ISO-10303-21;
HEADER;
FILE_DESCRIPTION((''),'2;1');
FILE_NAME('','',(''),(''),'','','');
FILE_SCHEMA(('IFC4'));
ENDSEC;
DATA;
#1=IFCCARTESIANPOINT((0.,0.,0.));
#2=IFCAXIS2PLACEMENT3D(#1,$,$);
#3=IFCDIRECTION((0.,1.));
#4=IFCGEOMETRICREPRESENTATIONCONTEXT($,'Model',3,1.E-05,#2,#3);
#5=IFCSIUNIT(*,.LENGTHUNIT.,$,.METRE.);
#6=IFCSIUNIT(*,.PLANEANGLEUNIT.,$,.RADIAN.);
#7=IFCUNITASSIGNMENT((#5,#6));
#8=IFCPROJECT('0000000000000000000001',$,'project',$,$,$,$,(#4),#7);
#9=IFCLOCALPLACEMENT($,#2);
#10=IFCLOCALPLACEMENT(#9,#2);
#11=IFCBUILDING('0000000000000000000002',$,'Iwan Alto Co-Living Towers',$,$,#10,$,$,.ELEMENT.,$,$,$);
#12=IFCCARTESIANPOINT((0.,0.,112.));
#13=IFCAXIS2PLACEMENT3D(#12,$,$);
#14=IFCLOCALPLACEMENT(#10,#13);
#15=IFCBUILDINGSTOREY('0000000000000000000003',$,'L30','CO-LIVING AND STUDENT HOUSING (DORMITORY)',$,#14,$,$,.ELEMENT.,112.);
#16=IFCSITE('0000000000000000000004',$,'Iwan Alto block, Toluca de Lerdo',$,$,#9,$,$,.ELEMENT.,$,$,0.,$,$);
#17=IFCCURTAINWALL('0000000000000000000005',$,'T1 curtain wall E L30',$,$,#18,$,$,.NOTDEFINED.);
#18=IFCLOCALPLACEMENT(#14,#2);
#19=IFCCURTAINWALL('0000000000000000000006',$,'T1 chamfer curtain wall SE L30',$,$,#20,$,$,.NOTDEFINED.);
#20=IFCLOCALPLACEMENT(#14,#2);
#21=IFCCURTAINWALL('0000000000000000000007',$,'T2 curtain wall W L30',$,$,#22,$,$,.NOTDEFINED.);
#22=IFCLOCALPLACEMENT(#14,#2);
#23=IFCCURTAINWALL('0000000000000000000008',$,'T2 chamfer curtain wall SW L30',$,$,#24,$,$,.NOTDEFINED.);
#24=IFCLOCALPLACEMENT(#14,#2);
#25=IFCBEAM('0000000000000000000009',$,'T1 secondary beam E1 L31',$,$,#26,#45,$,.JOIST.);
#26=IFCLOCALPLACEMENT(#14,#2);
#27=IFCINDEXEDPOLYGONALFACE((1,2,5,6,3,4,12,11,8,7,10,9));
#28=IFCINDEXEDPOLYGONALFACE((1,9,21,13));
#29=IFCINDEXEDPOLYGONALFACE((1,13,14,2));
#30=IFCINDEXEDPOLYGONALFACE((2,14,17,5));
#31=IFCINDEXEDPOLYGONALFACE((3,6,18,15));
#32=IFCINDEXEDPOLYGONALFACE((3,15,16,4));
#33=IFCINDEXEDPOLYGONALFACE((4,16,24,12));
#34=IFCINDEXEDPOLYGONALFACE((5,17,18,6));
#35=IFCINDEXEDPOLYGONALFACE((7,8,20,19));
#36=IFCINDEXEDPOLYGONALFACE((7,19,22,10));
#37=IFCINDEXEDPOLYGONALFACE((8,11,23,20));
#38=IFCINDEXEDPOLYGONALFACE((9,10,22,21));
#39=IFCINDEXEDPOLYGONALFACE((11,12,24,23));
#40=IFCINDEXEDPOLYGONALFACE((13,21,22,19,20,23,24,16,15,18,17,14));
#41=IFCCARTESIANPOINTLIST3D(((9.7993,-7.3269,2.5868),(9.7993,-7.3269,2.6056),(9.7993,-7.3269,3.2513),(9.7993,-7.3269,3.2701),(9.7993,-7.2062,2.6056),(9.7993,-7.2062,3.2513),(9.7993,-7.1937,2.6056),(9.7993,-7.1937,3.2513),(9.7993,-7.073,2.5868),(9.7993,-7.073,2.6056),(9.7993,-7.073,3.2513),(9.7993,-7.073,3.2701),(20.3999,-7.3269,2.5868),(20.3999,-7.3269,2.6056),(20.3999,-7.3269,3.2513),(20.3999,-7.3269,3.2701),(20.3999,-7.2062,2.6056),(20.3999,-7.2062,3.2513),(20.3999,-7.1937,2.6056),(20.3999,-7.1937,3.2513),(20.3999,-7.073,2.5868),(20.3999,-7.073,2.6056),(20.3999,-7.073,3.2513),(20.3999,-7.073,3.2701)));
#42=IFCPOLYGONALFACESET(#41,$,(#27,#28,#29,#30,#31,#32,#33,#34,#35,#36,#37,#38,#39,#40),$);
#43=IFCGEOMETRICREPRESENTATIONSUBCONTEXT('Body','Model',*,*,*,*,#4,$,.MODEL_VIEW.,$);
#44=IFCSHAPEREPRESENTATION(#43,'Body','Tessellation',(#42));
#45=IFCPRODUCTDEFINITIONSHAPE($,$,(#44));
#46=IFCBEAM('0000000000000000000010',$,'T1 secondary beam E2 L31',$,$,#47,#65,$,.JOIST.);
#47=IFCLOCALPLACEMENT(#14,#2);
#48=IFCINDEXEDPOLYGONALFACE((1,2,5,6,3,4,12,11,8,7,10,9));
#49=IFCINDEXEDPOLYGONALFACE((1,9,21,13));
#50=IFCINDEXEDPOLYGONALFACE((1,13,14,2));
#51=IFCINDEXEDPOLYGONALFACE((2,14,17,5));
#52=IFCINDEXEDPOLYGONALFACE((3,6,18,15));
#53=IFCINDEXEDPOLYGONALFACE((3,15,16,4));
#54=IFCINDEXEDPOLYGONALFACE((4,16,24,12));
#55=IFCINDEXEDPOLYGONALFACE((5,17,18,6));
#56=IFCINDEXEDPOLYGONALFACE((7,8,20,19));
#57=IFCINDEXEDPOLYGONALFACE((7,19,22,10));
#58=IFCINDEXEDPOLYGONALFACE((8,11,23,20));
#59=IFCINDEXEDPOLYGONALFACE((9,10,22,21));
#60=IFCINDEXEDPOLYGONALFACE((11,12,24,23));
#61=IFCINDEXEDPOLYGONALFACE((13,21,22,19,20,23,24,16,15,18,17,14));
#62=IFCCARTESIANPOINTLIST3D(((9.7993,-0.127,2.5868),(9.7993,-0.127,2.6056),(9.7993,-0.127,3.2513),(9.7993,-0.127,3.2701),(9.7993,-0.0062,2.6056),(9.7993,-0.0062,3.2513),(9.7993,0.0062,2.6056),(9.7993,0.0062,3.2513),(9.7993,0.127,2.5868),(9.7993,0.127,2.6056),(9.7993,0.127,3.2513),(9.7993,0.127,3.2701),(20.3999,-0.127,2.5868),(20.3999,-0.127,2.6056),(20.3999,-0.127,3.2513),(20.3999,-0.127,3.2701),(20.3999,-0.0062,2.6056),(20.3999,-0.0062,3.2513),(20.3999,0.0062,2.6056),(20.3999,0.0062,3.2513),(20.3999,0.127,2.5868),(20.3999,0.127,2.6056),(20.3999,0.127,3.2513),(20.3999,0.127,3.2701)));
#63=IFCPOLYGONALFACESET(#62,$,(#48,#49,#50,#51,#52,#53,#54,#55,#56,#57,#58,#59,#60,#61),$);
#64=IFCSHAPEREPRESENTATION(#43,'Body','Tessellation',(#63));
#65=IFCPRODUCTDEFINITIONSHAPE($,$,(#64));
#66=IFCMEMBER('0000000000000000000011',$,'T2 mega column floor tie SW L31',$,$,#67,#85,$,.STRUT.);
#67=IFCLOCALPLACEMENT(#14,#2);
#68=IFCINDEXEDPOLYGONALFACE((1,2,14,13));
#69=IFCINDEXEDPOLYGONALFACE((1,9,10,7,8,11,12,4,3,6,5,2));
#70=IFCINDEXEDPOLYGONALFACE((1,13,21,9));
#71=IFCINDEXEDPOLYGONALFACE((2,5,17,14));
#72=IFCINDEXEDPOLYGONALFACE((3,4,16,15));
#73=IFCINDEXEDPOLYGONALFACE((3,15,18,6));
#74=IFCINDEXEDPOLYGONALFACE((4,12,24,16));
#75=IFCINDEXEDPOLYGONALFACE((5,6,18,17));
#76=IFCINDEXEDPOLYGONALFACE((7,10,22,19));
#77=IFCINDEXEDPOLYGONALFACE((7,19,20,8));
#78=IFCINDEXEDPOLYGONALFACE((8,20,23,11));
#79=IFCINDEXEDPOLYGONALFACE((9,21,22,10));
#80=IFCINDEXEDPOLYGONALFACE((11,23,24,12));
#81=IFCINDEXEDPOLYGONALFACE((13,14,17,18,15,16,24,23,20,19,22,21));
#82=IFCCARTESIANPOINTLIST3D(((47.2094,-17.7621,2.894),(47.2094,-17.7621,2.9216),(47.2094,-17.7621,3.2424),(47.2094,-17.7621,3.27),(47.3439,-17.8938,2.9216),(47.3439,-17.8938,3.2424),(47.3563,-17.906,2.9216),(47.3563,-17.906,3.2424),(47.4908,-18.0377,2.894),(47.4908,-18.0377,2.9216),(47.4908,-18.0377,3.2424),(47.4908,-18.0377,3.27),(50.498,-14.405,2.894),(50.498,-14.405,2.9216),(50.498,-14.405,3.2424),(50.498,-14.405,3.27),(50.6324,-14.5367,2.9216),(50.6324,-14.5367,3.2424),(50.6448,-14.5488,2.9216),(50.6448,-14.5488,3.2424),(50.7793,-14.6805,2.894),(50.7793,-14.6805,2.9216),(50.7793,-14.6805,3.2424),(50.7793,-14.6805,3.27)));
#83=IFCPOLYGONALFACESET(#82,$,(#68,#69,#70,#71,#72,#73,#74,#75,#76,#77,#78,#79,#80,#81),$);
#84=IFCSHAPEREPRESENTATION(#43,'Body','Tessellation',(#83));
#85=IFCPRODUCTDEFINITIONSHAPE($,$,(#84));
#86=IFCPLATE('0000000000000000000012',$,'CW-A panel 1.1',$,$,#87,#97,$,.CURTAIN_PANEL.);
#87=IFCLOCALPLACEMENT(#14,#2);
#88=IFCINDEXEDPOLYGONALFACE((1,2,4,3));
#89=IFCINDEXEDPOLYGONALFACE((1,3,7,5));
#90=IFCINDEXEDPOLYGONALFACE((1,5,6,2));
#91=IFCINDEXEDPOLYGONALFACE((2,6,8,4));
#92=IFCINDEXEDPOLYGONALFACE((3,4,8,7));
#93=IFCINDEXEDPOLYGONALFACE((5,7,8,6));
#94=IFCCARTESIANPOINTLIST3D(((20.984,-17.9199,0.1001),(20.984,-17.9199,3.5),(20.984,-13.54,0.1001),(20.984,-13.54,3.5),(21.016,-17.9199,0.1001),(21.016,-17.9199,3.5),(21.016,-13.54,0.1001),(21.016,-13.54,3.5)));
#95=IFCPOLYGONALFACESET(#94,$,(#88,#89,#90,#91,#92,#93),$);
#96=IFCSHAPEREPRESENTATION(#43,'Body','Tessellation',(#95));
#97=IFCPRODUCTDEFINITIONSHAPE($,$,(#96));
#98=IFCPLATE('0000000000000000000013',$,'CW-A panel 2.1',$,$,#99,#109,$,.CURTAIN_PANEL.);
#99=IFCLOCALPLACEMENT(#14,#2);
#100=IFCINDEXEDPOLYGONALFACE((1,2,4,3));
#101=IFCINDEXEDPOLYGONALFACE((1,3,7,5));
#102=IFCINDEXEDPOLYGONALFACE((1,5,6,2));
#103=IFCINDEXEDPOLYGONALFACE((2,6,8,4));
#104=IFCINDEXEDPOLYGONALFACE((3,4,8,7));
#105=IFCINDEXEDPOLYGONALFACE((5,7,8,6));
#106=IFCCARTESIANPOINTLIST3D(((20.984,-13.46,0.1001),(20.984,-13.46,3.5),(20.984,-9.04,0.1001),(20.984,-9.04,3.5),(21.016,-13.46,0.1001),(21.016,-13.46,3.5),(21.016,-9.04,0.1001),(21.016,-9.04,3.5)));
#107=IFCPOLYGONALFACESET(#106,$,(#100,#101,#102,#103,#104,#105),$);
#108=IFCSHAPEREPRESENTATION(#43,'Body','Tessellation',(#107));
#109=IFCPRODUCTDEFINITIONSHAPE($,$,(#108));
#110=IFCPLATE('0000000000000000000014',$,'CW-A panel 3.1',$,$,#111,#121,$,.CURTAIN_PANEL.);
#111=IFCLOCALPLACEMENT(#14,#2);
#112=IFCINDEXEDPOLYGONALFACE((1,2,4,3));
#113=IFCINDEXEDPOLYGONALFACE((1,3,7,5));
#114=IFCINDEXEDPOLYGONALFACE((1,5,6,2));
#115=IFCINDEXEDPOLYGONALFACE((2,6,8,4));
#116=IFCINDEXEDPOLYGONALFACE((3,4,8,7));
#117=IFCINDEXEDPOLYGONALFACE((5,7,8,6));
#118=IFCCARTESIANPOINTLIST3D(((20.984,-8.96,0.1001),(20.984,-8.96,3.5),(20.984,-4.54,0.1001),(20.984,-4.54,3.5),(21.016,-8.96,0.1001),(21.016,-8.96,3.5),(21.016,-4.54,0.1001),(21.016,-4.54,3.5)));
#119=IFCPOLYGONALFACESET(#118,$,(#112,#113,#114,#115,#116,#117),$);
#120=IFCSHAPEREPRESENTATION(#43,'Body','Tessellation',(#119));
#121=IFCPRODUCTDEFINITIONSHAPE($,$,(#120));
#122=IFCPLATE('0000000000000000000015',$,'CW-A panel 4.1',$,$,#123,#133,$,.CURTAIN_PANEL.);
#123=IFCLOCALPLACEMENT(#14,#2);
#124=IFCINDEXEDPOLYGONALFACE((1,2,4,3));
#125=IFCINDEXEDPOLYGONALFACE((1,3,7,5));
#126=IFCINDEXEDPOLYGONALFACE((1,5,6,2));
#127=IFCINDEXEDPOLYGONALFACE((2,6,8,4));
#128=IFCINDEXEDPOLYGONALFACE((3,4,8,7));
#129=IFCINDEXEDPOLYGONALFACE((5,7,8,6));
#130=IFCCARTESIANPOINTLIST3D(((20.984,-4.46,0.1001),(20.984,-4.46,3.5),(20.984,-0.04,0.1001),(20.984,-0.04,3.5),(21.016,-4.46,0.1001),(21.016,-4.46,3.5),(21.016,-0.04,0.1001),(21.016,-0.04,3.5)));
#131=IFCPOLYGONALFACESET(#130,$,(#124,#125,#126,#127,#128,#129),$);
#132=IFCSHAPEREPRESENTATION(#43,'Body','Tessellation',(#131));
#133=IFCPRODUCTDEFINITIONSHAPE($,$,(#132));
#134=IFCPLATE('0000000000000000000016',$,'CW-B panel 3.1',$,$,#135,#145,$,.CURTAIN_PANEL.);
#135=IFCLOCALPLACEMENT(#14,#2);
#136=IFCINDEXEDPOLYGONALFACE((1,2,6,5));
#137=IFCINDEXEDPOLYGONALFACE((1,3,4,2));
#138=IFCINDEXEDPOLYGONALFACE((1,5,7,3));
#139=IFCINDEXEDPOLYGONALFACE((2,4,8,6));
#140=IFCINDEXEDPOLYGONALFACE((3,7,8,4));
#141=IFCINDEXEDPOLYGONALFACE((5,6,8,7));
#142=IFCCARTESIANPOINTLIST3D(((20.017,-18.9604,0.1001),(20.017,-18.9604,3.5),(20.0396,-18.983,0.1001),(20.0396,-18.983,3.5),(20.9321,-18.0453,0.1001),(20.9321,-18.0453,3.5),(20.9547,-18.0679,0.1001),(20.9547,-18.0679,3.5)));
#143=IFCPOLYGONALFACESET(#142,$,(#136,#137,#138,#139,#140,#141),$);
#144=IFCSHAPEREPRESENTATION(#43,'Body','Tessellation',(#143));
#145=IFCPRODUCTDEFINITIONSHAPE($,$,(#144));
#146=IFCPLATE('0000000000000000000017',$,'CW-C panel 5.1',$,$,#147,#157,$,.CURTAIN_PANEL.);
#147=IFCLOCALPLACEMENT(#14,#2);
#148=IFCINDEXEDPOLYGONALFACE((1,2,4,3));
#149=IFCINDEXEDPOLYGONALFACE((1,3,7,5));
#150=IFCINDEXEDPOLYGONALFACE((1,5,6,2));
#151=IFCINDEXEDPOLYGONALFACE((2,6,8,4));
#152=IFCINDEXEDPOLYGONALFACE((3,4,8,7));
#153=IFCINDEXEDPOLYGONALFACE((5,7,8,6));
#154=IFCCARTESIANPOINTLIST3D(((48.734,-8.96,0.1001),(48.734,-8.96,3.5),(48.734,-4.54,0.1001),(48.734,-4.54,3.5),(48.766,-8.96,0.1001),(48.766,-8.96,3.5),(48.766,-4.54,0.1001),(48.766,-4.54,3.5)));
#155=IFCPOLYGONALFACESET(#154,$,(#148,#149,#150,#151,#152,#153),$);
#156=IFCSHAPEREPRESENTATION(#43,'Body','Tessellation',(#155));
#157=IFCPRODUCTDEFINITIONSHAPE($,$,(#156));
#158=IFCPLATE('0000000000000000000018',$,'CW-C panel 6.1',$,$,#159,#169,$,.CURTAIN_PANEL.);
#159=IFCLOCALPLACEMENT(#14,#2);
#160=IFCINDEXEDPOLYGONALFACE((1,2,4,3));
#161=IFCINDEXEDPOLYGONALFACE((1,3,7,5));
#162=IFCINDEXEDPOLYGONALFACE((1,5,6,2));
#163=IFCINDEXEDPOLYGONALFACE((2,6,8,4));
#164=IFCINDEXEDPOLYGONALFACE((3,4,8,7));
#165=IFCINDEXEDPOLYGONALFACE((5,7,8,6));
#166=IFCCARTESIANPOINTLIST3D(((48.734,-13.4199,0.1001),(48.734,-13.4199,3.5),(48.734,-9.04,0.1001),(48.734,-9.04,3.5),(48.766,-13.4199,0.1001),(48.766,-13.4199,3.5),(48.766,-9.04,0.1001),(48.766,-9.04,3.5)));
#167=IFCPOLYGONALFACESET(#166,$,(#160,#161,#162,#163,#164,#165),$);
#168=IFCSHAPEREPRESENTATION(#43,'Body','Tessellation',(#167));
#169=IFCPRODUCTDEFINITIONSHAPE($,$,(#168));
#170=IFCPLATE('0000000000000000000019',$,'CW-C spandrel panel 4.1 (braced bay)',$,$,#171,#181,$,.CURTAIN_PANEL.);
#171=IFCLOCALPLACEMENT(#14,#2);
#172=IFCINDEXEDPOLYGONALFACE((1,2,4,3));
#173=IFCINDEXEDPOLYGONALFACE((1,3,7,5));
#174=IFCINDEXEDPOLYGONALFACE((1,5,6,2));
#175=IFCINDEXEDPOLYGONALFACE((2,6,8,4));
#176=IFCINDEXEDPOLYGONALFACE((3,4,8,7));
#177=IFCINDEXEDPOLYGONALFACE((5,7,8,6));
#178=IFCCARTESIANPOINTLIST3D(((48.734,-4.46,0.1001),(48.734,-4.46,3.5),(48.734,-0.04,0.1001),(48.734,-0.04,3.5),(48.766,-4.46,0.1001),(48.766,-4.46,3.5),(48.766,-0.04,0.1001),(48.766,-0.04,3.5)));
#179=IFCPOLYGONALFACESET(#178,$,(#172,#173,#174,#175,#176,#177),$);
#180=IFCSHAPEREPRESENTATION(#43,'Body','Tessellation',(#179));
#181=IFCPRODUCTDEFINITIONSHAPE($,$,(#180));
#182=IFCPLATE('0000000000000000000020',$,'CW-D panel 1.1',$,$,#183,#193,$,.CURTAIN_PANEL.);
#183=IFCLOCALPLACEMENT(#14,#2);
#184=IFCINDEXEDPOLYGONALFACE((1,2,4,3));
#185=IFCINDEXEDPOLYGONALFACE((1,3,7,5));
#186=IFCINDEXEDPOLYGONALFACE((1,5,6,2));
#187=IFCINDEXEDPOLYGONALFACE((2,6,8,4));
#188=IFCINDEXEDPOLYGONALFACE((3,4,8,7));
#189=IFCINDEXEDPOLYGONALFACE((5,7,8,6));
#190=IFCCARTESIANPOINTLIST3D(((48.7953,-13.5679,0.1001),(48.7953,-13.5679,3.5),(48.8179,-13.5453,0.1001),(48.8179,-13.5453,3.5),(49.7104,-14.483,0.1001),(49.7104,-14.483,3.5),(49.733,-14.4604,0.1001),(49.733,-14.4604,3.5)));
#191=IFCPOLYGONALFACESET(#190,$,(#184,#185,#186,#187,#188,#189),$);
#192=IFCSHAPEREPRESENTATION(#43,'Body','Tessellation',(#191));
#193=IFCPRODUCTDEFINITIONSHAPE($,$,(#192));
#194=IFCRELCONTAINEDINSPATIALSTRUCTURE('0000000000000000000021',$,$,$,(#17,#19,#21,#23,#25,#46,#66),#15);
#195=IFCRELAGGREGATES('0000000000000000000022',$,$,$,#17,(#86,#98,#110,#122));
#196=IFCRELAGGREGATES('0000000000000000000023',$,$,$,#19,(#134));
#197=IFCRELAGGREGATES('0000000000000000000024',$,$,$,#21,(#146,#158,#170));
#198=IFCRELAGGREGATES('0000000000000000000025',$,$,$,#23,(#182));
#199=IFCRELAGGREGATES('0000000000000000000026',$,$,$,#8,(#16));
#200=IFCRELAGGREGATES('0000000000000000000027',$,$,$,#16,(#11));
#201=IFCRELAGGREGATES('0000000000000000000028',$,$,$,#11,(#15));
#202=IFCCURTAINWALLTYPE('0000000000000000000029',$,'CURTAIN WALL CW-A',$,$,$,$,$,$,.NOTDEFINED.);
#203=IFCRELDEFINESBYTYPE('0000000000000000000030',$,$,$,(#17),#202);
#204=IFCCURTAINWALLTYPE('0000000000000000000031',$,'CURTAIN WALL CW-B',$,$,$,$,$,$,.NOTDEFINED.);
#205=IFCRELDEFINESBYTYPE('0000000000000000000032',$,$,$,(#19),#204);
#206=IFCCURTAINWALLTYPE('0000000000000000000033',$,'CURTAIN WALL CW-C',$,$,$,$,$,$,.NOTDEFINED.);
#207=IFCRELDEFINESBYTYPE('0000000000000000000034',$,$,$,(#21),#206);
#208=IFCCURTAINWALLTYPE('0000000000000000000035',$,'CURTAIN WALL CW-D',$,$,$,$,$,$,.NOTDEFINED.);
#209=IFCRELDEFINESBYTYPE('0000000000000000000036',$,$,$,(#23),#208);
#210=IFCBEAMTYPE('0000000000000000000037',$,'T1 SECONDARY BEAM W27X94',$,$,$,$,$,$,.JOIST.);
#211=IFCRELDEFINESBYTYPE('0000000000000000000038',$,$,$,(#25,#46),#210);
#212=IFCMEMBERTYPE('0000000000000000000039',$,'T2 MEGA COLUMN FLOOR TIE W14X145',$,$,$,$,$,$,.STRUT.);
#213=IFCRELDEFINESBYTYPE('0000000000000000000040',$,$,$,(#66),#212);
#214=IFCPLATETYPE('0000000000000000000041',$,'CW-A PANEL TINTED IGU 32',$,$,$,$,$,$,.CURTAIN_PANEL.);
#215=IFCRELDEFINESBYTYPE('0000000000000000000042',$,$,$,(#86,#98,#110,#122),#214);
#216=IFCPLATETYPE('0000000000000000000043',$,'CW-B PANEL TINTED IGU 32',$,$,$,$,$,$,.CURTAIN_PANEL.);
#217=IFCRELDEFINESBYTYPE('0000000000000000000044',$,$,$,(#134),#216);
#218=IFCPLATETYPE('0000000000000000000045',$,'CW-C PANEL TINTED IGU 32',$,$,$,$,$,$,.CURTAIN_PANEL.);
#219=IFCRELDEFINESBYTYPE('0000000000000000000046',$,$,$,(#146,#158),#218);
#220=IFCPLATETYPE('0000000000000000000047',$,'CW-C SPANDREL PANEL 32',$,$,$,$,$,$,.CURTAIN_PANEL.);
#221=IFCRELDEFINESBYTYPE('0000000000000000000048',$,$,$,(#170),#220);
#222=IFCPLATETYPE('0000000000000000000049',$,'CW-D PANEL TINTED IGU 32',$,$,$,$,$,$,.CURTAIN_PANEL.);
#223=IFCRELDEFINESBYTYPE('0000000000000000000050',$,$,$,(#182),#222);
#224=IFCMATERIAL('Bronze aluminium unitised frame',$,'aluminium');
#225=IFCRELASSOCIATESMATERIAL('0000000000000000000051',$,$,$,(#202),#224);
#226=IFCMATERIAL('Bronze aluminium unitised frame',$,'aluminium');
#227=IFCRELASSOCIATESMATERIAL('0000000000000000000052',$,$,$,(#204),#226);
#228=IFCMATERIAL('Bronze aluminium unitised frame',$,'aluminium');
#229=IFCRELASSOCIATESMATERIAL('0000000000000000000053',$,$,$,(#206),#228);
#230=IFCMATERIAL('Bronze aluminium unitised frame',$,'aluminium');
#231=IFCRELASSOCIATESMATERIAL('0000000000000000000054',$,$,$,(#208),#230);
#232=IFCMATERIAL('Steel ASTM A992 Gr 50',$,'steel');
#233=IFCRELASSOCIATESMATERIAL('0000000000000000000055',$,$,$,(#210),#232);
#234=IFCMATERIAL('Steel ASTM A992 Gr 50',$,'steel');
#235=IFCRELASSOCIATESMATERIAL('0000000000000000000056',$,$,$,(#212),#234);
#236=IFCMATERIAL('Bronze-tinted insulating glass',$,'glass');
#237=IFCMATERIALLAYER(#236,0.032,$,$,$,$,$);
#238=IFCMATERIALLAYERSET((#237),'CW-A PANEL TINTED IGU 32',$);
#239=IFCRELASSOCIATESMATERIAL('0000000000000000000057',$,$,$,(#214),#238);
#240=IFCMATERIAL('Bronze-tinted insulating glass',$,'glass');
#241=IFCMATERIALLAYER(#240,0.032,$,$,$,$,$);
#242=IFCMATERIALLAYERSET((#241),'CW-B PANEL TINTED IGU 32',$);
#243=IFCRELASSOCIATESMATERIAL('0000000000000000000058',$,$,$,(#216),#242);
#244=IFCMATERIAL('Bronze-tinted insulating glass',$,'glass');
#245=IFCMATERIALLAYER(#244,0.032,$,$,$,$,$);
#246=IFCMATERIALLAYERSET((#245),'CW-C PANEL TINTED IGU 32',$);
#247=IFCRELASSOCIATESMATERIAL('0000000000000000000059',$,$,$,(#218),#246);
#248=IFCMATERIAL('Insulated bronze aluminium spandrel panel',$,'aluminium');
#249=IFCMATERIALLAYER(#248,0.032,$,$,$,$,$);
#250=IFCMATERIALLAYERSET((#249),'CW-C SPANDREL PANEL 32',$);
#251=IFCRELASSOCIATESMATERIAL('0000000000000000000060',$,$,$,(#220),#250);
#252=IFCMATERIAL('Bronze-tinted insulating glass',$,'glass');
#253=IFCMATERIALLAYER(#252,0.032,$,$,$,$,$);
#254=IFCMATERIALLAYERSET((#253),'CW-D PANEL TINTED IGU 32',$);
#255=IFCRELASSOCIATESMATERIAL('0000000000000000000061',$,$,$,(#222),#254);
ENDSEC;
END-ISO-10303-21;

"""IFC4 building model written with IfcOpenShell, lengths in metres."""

from ifc_helpers import new_model, si_unit, direction, frame, origin, origin_2d, place, context, subcontext, project, spatial, rectangle, i_section, extrude, material, layer, layer_set, material_profile, profile_set, type_object, element, aggregate, save


model = new_model("IFC4")

# Units and contexts
model_context = context("Model", 3, precision=1e-05, world=origin(), true_north=direction((0.0, 1.0)))
body_context = subcontext(model_context, "Body", "Model", "MODEL_VIEW")
ifc_project = project(units=[si_unit("LENGTHUNIT", "METRE"), si_unit("PLANEANGLEUNIT", "RADIAN")], contexts=[model_context])

# Site, building, storey
site_placement = place(None, origin())
site = spatial("IfcSite", under=ifc_project, at=site_placement, Name="Iwan Alto block, Toluca de Lerdo", CompositionType="ELEMENT", RefElevation=0.0)
building_placement = place(site_placement, origin())
building = spatial("IfcBuilding", under=site, at=building_placement, Name="Iwan Alto Co-Living Towers", CompositionType="ELEMENT")
storey_placement = place(building_placement, frame((0.0, 0.0, 112.0)))
storey = spatial("IfcBuildingStorey", under=building, at=storey_placement, Name="L30", Description="CO-LIVING AND STUDENT HOUSING (DORMITORY)", CompositionType="ELEMENT", Elevation=112.0)

# Curtain wall
ifc_material_1 = material(Name="Bronze aluminium unitised frame", Category="aluminium")
curtain_wall_type_1 = type_object("IfcCurtainWallType", Name="CURTAIN WALL CW-A", PredefinedType="NOTDEFINED", material=ifc_material_1)
curtain_wall_1_placement = place(storey_placement, origin())
curtain_wall_1 = element("IfcCurtainWall", 1, at=curtain_wall_1_placement, inside=storey, type_object=curtain_wall_type_1, Name="T1 curtain wall E L30", PredefinedType="NOTDEFINED")

# Curtain wall
ifc_material_2 = material(Name="Bronze aluminium unitised frame", Category="aluminium")
curtain_wall_type_2 = type_object("IfcCurtainWallType", Name="CURTAIN WALL CW-B", PredefinedType="NOTDEFINED", material=ifc_material_2)
curtain_wall_2_placement = place(storey_placement, origin())
curtain_wall_2 = element("IfcCurtainWall", 2, at=curtain_wall_2_placement, inside=storey, type_object=curtain_wall_type_2, Name="T1 chamfer curtain wall SE L30", PredefinedType="NOTDEFINED")

# Curtain walls
ifc_material_3 = material(Name="Bronze aluminium unitised frame", Category="aluminium")
curtain_wall_type_3 = type_object("IfcCurtainWallType", Name="CURTAIN WALL CW-C", PredefinedType="NOTDEFINED", material=ifc_material_3)
curtain_wall_3_placement = place(storey_placement, origin())
curtain_wall_3 = element("IfcCurtainWall", 3, at=curtain_wall_3_placement, inside=storey, type_object=curtain_wall_type_3, Name="T2 curtain wall W L30", PredefinedType="NOTDEFINED")
ifc_material_4 = material(Name="Bronze aluminium unitised frame", Category="aluminium")
curtain_wall_type_4 = type_object("IfcCurtainWallType", Name="CURTAIN WALL CW-D", PredefinedType="NOTDEFINED", material=ifc_material_4)
curtain_wall_4_placement = place(storey_placement, origin())
curtain_wall_4 = element("IfcCurtainWall", 4, at=curtain_wall_4_placement, inside=storey, type_object=curtain_wall_type_4, Name="T2 chamfer curtain wall SW L30", PredefinedType="NOTDEFINED")

# Beams
ifc_material_5 = material(Name="Steel ASTM A992 Gr 50", Category="steel")
ifc_material_profile_1 = material_profile(ifc_material_5, i_section(OverallWidth=0.2539, OverallDepth=0.6833, WebThickness=0.0125, FlangeThickness=0.0188, at=origin_2d()), Name="W27X94")
ifc_profile_set_1 = profile_set([ifc_material_profile_1], Name="Steel ASTM A992 Gr 50")
beam_type_1 = type_object("IfcBeamType", Name="T1 SECONDARY BEAM W27X94", PredefinedType="JOIST", material=ifc_profile_set_1)
for number, where, z_axis, x_axis, name in (
    (5, (20.3999, -7.2, 2.9285), (-1.0, 0.0, 0.0), (0.0, -1.0, 0.0), "T1 secondary beam E1 L31"),
    (6, (20.3999, 0.0, 2.9285), (-1.0, 0.0, 0.0), (0.0, -1.0, 0.0), "T1 secondary beam E2 L31"),
):
    element("IfcBeam", number, at=place(storey_placement, frame(where, z_axis=z_axis, x_axis=x_axis)), inside=storey, type_object=beam_type_1, Name=name, PredefinedType="JOIST", context=body_context, shape_type="SweptSolid", body=[
        extrude(i_section(OverallWidth=0.2539, OverallDepth=0.6833, WebThickness=0.0125, FlangeThickness=0.0188, at=origin_2d()), origin(), (0.0, 0.0, 1.0), 10.6006),
    ])

# Member
ifc_material_6 = material(Name="Steel ASTM A992 Gr 50", Category="steel")
ifc_material_profile_2 = material_profile(ifc_material_6, i_section(OverallWidth=0.3938, OverallDepth=0.376, WebThickness=0.0173, FlangeThickness=0.0276, at=origin_2d()), Name="W14X145")
ifc_profile_set_2 = profile_set([ifc_material_profile_2], Name="Steel ASTM A992 Gr 50")
member_type_1 = type_object("IfcMemberType", Name="T2 MEGA COLUMN FLOOR TIE W14X145", PredefinedType="STRUT", material=ifc_profile_set_2)
member_1_placement = place(storey_placement, frame((47.3501, -17.8999, 3.082), z_axis=(0.69977, 0.714368, 0.0), x_axis=(-0.714368, 0.69977, 0.0)))
element("IfcMember", 7, at=member_1_placement, inside=storey, type_object=member_type_1, Name="T2 mega column floor tie SW L31", PredefinedType="STRUT", context=body_context, shape_type="SweptSolid", body=[
    extrude(i_section(OverallWidth=0.3938, OverallDepth=0.376, WebThickness=0.0173, FlangeThickness=0.0276, at=origin_2d()), origin(), (0.0, 0.0, 1.0), 4.6995),
])

# Plates
ifc_material_7 = material(Name="Bronze-tinted insulating glass", Category="glass")
ifc_layer_1 = layer(ifc_material_7, 0.032)
ifc_layer_set_1 = layer_set([ifc_layer_1], Name="CW-A PANEL TINTED IGU 32")
plate_type_1 = type_object("IfcPlateType", Name="CW-A PANEL TINTED IGU 32", PredefinedType="CURTAIN_PANEL", material=ifc_layer_set_1)
plate_1_placement = place(storey_placement, frame((21.0, -15.73, 0.1001), z_axis=(0.0, 0.0, 1.0), x_axis=(0.0, 1.0, 0.0)))
plate_1 = element("IfcPlate", 8, at=plate_1_placement, type_object=plate_type_1, Name="CW-A panel 1.1", PredefinedType="CURTAIN_PANEL", context=body_context, shape_type="SweptSolid", body=[
    extrude(rectangle(XDim=4.3799, YDim=0.032, at=origin_2d()), origin(), (0.0, 0.0, 1.0), 3.3999),
])
plate_2_placement = place(storey_placement, frame((21.0, -11.25, 0.1001), z_axis=(0.0, 0.0, 1.0), x_axis=(0.0, 1.0, 0.0)))
plate_2 = element("IfcPlate", 9, at=plate_2_placement, type_object=plate_type_1, Name="CW-A panel 2.1", PredefinedType="CURTAIN_PANEL", context=body_context, shape_type="SweptSolid", body=[
    extrude(rectangle(XDim=4.4199, YDim=0.032, at=origin_2d()), origin(), (0.0, 0.0, 1.0), 3.3999),
])
plate_3_placement = place(storey_placement, frame((21.0, -6.75, 0.1001), z_axis=(0.0, 0.0, 1.0), x_axis=(0.0, 1.0, 0.0)))
plate_3 = element("IfcPlate", 10, at=plate_3_placement, type_object=plate_type_1, Name="CW-A panel 3.1", PredefinedType="CURTAIN_PANEL", context=body_context, shape_type="SweptSolid", body=[
    extrude(rectangle(XDim=4.4199, YDim=0.032, at=origin_2d()), origin(), (0.0, 0.0, 1.0), 3.3999),
])
plate_4_placement = place(storey_placement, frame((21.0, -2.25, 0.1001), z_axis=(0.0, 0.0, 1.0), x_axis=(0.0, 1.0, 0.0)))
plate_4 = element("IfcPlate", 11, at=plate_4_placement, type_object=plate_type_1, Name="CW-A panel 4.1", PredefinedType="CURTAIN_PANEL", context=body_context, shape_type="SweptSolid", body=[
    extrude(rectangle(XDim=4.4199, YDim=0.032, at=origin_2d()), origin(), (0.0, 0.0, 1.0), 3.3999),
])
aggregate(curtain_wall_1, [plate_1, plate_2, plate_3, plate_4])
ifc_material_8 = material(Name="Bronze-tinted insulating glass", Category="glass")
ifc_layer_2 = layer(ifc_material_8, 0.032)
ifc_layer_set_2 = layer_set([ifc_layer_2], Name="CW-B PANEL TINTED IGU 32")
plate_type_2 = type_object("IfcPlateType", Name="CW-B PANEL TINTED IGU 32", PredefinedType="CURTAIN_PANEL", material=ifc_layer_set_2)
plate_5_placement = place(storey_placement, frame((20.4858, -18.5142, 0.1001), z_axis=(0.0, 0.0, 1.0), x_axis=(0.707107, 0.707107, 0.0)))
plate_5 = element("IfcPlate", 12, at=plate_5_placement, type_object=plate_type_2, Name="CW-B panel 3.1", PredefinedType="CURTAIN_PANEL", context=body_context, shape_type="SweptSolid", body=[
    extrude(rectangle(XDim=1.2942, YDim=0.032, at=origin_2d()), origin(), (0.0, 0.0, 1.0), 3.3999),
])
aggregate(curtain_wall_2, [plate_5])
ifc_material_9 = material(Name="Bronze-tinted insulating glass", Category="glass")
ifc_layer_3 = layer(ifc_material_9, 0.032)
ifc_layer_set_3 = layer_set([ifc_layer_3], Name="CW-C PANEL TINTED IGU 32")
plate_type_3 = type_object("IfcPlateType", Name="CW-C PANEL TINTED IGU 32", PredefinedType="CURTAIN_PANEL", material=ifc_layer_set_3)
plate_6_placement = place(storey_placement, frame((48.75, -6.75, 0.1001), z_axis=(0.0, 0.0, 1.0), x_axis=(0.0, -1.0, 0.0)))
plate_6 = element("IfcPlate", 13, at=plate_6_placement, type_object=plate_type_3, Name="CW-C panel 5.1", PredefinedType="CURTAIN_PANEL", context=body_context, shape_type="SweptSolid", body=[
    extrude(rectangle(XDim=4.4199, YDim=0.032, at=origin_2d()), origin(), (0.0, 0.0, 1.0), 3.3999),
])
plate_7_placement = place(storey_placement, frame((48.75, -11.23, 0.1001), z_axis=(0.0, 0.0, 1.0), x_axis=(0.0, -1.0, 0.0)))
plate_7 = element("IfcPlate", 14, at=plate_7_placement, type_object=plate_type_3, Name="CW-C panel 6.1", PredefinedType="CURTAIN_PANEL", context=body_context, shape_type="SweptSolid", body=[
    extrude(rectangle(XDim=4.3799, YDim=0.032, at=origin_2d()), origin(), (0.0, 0.0, 1.0), 3.3999),
])
ifc_material_10 = material(Name="Insulated bronze aluminium spandrel panel", Category="aluminium")
ifc_layer_4 = layer(ifc_material_10, 0.032)
ifc_layer_set_4 = layer_set([ifc_layer_4], Name="CW-C SPANDREL PANEL 32")
plate_type_4 = type_object("IfcPlateType", Name="CW-C SPANDREL PANEL 32", PredefinedType="CURTAIN_PANEL", material=ifc_layer_set_4)
plate_8_placement = place(storey_placement, frame((48.75, -2.25, 0.1001), z_axis=(0.0, 0.0, 1.0), x_axis=(0.0, -1.0, 0.0)))
plate_8 = element("IfcPlate", 15, at=plate_8_placement, type_object=plate_type_4, Name="CW-C spandrel panel 4.1 (braced bay)", PredefinedType="CURTAIN_PANEL", context=body_context, shape_type="SweptSolid", body=[
    extrude(rectangle(XDim=4.4199, YDim=0.032, at=origin_2d()), origin(), (0.0, 0.0, 1.0), 3.3999),
])
aggregate(curtain_wall_3, [plate_6, plate_7, plate_8])
ifc_material_11 = material(Name="Bronze-tinted insulating glass", Category="glass")
ifc_layer_5 = layer(ifc_material_11, 0.032)
ifc_layer_set_5 = layer_set([ifc_layer_5], Name="CW-D PANEL TINTED IGU 32")
plate_type_5 = type_object("IfcPlateType", Name="CW-D PANEL TINTED IGU 32", PredefinedType="CURTAIN_PANEL", material=ifc_layer_set_5)
plate_9_placement = place(storey_placement, frame((49.2642, -14.0142, 0.1001), z_axis=(0.0, 0.0, 1.0), x_axis=(0.707107, -0.707107, 0.0)))
plate_9 = element("IfcPlate", 16, at=plate_9_placement, type_object=plate_type_5, Name="CW-D panel 1.1", PredefinedType="CURTAIN_PANEL", context=body_context, shape_type="SweptSolid", body=[
    extrude(rectangle(XDim=1.2942, YDim=0.032, at=origin_2d()), origin(), (0.0, 0.0, 1.0), 3.3999),
])
aggregate(curtain_wall_4, [plate_9])

save(model, "model.ifc")
